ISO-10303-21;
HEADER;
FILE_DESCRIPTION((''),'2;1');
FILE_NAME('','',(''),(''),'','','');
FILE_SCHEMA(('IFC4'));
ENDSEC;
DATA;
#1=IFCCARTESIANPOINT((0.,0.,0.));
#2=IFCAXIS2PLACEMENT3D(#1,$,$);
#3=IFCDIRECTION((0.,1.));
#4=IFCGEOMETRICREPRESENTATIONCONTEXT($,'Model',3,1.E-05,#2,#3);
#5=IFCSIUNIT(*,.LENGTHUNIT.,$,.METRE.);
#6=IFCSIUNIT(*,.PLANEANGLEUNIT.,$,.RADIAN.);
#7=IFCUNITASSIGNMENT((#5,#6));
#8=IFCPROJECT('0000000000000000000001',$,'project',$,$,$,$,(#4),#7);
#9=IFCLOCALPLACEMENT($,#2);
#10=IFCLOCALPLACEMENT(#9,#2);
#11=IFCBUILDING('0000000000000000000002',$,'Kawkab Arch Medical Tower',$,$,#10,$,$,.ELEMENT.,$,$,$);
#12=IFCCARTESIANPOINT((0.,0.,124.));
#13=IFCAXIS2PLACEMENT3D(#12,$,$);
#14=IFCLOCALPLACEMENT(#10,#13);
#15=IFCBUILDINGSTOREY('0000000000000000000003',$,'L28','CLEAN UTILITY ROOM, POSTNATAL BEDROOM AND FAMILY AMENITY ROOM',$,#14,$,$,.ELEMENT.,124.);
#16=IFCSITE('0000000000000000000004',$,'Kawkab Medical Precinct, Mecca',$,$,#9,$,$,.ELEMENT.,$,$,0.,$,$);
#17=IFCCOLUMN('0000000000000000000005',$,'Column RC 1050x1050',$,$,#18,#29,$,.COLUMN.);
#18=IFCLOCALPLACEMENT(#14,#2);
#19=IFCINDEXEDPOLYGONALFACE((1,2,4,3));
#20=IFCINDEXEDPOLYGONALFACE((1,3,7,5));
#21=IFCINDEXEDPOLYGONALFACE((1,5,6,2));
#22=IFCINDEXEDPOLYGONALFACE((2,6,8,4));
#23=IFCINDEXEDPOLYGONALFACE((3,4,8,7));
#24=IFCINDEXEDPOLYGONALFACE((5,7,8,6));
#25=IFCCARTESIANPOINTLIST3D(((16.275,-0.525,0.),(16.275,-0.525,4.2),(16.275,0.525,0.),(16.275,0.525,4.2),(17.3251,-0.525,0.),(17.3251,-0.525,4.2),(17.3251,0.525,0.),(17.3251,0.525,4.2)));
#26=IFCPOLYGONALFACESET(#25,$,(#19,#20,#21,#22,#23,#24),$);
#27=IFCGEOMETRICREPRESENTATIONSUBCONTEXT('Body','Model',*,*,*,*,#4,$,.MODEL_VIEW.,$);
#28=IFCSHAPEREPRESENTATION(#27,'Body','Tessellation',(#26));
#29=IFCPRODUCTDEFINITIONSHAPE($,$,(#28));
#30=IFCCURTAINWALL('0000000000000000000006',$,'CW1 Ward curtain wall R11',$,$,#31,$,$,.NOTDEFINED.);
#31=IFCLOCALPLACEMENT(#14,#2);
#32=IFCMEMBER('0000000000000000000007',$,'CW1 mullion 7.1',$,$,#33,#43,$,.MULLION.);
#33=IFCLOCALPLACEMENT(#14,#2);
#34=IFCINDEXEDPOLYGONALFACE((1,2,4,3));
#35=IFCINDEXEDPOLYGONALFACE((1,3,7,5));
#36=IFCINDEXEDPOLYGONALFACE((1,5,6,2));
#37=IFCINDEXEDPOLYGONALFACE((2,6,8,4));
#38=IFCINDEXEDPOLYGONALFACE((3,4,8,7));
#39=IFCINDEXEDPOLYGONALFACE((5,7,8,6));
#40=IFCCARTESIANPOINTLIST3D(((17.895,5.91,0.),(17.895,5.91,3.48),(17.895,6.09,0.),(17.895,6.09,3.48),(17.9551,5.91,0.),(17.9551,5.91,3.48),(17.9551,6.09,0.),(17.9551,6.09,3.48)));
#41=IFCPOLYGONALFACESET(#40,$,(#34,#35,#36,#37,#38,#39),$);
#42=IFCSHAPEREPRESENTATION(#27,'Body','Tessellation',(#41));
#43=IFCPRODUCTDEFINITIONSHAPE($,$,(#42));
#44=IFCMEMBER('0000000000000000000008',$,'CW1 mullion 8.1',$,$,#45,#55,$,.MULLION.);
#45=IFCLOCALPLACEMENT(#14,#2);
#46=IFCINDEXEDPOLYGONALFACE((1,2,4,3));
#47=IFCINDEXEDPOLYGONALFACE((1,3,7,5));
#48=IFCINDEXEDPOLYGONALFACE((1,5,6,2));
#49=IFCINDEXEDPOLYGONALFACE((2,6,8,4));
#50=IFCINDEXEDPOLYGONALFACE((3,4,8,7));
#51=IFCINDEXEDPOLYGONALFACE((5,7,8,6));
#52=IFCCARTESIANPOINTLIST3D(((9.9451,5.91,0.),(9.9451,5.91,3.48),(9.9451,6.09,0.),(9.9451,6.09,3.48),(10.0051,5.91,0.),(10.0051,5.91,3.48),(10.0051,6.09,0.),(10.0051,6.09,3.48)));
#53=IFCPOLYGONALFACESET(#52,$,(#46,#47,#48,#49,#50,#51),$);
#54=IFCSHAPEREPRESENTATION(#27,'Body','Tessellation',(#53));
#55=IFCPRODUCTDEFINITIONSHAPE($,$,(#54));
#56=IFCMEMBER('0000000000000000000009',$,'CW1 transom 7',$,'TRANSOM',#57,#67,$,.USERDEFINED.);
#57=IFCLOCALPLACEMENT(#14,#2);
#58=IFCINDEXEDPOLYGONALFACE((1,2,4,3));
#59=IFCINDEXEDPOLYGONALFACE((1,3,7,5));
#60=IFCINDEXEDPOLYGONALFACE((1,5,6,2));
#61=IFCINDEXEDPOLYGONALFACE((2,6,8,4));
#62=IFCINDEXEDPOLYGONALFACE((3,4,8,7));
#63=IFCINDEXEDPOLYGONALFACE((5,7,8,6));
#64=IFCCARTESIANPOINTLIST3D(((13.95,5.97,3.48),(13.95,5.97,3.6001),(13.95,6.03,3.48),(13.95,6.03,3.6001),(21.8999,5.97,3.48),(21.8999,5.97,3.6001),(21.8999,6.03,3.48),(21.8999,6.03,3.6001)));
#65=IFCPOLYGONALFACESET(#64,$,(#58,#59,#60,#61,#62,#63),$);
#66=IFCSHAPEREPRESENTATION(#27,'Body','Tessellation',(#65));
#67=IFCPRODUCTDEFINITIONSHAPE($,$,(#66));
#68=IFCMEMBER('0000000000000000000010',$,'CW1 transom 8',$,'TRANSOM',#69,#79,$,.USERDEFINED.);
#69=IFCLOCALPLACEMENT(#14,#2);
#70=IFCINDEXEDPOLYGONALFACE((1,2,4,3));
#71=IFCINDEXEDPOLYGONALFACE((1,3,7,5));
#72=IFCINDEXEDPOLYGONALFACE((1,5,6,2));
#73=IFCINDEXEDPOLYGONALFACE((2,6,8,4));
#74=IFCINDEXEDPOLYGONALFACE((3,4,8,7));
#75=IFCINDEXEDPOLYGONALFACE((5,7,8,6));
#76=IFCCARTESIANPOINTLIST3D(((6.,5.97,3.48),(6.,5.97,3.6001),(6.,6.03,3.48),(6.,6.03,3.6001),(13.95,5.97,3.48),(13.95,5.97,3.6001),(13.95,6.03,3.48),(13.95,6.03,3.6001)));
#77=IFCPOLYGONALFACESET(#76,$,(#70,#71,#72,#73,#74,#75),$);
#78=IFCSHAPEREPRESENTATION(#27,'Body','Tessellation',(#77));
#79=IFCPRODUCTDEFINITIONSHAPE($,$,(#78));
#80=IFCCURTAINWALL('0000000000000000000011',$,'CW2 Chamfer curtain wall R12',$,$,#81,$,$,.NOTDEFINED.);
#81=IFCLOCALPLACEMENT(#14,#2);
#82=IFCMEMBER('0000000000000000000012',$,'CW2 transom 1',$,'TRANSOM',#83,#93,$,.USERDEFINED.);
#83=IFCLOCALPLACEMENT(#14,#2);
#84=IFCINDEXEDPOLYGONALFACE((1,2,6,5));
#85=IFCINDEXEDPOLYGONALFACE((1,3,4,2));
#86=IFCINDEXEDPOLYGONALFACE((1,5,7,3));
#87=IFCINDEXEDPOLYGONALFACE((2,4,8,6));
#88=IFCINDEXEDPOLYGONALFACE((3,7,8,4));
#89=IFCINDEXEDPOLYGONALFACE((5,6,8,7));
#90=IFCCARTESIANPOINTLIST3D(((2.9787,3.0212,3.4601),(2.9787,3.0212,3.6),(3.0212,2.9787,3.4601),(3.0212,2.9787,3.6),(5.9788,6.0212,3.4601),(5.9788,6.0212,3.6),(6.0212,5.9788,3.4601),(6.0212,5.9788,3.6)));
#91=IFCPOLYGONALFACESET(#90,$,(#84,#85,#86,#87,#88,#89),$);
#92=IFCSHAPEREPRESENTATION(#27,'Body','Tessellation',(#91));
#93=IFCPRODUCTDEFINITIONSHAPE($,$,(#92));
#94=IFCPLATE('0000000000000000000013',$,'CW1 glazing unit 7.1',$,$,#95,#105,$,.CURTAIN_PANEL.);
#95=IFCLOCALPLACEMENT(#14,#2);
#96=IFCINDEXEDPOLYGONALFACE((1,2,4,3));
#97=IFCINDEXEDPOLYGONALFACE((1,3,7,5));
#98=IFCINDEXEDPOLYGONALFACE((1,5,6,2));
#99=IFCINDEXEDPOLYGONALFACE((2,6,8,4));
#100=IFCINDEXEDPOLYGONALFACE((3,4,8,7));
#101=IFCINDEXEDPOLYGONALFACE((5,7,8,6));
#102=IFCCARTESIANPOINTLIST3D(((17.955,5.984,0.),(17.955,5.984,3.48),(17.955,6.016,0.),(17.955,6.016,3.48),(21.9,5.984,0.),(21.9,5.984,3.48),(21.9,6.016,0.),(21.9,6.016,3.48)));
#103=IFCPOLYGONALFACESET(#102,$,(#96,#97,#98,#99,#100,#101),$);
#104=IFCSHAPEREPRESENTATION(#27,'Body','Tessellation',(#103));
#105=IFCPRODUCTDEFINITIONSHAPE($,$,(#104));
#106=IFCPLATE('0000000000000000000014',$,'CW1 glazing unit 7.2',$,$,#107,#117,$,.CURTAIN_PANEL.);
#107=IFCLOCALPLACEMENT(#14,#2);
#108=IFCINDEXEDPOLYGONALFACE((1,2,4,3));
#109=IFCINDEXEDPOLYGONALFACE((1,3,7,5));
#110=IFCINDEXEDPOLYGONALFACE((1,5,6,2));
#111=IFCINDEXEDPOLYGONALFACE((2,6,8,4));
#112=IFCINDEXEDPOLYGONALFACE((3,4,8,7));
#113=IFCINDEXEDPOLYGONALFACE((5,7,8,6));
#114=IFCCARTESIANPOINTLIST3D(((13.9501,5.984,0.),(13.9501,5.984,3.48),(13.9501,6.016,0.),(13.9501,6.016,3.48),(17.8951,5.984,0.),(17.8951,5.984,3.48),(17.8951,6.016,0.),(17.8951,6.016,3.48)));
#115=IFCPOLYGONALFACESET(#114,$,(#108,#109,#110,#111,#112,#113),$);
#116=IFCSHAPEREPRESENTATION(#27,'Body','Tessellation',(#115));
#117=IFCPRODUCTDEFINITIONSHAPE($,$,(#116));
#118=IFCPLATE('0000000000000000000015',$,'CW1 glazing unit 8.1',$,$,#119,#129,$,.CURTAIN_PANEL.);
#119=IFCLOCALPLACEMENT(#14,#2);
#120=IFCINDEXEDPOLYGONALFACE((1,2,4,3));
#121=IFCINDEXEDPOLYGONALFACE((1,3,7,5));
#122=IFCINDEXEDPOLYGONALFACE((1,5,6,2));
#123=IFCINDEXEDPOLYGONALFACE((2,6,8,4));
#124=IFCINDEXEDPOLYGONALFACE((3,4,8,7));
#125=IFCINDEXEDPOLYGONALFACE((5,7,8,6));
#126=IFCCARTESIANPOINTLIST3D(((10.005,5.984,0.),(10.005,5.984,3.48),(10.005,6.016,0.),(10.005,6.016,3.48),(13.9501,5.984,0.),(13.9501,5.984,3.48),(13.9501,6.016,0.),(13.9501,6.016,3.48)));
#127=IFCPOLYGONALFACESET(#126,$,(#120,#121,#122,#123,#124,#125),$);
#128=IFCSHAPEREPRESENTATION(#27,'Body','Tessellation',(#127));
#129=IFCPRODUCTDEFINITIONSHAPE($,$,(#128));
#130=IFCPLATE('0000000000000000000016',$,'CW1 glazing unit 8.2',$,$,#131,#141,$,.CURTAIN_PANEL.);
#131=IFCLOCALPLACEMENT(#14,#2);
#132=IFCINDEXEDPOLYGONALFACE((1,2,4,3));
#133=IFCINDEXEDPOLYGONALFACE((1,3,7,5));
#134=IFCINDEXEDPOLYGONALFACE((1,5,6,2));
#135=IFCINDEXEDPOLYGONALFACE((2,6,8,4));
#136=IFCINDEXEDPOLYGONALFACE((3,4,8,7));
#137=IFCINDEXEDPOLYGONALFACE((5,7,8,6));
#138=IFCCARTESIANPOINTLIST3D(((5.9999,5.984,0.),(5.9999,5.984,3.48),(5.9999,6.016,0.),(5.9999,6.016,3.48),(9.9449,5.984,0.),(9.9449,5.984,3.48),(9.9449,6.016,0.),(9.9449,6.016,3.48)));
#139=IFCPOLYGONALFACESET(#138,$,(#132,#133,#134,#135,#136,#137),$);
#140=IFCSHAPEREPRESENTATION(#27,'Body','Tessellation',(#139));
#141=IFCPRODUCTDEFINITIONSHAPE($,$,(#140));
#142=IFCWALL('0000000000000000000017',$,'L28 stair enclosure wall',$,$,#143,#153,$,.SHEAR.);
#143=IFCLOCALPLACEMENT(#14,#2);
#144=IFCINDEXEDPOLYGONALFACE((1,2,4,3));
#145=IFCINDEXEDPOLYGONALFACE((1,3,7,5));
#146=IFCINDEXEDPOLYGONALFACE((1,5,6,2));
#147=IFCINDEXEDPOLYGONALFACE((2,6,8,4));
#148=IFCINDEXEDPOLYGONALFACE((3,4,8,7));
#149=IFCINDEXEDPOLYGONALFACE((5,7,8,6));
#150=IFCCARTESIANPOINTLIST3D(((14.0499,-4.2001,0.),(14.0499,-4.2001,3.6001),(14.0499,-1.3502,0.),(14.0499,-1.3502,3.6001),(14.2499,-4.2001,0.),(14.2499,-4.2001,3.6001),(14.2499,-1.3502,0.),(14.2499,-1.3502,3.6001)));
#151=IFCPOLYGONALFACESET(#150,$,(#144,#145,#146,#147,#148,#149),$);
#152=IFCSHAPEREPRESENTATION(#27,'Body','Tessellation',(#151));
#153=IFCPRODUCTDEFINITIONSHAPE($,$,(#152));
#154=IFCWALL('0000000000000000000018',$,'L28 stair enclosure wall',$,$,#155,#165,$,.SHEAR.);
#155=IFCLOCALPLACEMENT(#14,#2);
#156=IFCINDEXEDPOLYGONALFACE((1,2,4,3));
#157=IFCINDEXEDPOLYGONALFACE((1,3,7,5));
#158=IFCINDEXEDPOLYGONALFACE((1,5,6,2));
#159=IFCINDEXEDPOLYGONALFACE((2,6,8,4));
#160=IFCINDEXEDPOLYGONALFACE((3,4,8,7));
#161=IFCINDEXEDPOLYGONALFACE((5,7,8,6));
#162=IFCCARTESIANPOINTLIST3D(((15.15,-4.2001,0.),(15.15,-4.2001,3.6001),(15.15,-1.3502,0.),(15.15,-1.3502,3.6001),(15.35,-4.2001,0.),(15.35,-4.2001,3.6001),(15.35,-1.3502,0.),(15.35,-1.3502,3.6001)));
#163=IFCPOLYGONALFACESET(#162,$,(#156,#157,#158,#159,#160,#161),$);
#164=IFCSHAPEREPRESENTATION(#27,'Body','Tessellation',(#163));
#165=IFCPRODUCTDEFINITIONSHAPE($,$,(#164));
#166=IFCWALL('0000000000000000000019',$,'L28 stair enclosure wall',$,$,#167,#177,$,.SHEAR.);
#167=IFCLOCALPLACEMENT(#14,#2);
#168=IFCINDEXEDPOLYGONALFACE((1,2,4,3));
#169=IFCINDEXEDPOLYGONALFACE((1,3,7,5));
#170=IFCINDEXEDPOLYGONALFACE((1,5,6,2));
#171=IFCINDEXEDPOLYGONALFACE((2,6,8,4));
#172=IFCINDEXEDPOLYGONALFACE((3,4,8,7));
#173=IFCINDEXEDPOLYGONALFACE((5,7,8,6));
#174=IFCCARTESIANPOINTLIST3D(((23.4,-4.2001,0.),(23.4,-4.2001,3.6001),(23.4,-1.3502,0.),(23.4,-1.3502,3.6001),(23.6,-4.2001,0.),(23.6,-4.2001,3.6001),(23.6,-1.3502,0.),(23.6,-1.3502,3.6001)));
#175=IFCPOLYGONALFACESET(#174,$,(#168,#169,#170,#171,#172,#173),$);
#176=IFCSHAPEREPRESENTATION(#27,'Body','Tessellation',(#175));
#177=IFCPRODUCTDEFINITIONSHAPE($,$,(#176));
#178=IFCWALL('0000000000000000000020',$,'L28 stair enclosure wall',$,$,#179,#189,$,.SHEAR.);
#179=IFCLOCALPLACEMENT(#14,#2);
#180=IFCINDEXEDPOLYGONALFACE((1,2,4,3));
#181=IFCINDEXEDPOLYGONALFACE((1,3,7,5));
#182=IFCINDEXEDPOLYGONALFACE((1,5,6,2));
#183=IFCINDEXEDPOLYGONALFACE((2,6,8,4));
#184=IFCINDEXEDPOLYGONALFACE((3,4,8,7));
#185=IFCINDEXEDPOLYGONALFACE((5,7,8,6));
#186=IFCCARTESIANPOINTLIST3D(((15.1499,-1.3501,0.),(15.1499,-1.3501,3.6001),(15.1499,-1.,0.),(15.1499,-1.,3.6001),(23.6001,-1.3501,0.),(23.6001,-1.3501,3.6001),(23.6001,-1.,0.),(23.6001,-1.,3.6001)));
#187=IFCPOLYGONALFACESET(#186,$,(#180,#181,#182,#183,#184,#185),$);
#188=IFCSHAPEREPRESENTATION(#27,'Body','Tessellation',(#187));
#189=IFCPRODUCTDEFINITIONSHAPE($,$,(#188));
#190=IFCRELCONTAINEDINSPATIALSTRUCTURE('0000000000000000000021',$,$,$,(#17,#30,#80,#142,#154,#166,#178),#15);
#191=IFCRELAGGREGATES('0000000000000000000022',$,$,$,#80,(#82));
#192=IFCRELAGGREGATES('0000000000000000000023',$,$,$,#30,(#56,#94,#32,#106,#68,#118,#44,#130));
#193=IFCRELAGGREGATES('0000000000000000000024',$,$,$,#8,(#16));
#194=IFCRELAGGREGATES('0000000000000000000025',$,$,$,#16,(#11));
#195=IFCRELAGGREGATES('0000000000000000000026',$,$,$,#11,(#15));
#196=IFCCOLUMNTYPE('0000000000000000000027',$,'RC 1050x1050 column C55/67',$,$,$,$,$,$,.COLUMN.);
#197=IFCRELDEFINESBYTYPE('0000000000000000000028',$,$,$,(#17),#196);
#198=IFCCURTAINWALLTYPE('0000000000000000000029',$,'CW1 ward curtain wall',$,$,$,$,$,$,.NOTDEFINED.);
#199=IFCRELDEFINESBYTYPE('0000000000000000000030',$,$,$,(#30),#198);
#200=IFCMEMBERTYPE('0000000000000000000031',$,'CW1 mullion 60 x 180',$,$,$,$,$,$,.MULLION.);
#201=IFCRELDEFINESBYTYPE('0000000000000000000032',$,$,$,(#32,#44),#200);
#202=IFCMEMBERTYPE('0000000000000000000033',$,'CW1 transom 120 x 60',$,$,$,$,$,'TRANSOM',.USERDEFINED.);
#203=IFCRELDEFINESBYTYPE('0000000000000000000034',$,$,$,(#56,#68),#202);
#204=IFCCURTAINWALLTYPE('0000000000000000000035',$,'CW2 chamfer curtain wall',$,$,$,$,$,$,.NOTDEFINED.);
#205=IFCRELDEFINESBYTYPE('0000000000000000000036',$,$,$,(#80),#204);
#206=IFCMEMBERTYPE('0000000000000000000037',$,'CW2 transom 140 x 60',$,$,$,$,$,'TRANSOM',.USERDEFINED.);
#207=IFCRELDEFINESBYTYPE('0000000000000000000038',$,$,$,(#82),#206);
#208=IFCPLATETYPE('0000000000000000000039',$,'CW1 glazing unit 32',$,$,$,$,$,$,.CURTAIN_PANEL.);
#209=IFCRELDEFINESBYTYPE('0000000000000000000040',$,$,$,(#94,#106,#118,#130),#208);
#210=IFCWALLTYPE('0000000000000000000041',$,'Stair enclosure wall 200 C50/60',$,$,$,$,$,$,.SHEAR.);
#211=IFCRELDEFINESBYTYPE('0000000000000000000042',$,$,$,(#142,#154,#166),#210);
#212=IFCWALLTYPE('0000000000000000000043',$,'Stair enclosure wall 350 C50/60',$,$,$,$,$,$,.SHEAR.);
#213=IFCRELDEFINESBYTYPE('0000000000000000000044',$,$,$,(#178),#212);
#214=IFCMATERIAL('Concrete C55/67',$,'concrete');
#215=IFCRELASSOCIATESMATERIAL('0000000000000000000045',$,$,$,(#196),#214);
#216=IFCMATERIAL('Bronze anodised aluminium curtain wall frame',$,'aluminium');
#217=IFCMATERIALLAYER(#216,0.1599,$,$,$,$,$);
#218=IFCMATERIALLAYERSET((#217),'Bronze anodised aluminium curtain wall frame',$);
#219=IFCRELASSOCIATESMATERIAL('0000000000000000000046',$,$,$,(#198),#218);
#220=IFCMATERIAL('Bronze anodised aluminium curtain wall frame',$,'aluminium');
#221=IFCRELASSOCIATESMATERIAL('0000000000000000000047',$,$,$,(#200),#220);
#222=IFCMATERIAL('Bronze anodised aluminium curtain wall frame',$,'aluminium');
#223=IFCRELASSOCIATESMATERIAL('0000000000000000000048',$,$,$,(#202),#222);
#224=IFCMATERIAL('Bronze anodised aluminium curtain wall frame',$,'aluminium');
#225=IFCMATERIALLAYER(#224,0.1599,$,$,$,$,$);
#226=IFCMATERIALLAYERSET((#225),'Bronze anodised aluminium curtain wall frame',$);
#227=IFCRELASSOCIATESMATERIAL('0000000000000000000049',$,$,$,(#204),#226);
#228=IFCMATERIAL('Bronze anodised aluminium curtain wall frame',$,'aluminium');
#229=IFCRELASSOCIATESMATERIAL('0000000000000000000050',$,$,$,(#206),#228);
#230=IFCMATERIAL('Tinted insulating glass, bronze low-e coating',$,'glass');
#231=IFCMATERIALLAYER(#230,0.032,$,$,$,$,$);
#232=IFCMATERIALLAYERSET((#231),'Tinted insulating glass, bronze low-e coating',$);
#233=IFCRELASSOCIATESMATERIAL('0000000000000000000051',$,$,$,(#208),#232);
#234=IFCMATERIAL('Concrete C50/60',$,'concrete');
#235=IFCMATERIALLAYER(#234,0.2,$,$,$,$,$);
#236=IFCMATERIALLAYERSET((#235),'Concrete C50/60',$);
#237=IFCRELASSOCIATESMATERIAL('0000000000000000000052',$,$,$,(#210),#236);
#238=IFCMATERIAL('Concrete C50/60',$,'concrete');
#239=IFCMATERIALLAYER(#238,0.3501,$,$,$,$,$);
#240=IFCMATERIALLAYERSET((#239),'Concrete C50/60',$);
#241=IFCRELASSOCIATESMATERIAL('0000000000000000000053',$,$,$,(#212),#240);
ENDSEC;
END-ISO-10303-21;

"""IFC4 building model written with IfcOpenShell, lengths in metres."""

from ifc_helpers import new_model, si_unit, direction, frame, frame_2d, origin, origin_2d, place, context, subcontext, project, spatial, rectangle, extrude, material, layer, layer_set, material_profile, profile_set, type_object, element, aggregate, save


model = new_model("IFC4")

# Units and contexts
model_context = context("Model", 3, precision=1e-05, world=origin(), true_north=direction((0.0, 1.0)))
body_context = subcontext(model_context, "Body", "Model", "MODEL_VIEW")
ifc_project = project(units=[si_unit("LENGTHUNIT", "METRE"), si_unit("PLANEANGLEUNIT", "RADIAN")], contexts=[model_context])

# Site, building, storey
site_placement = place(None, origin())
site = spatial("IfcSite", under=ifc_project, at=site_placement, Name="Kawkab Medical Precinct, Mecca", CompositionType="ELEMENT", RefElevation=0.0)
building_placement = place(site_placement, origin())
building = spatial("IfcBuilding", under=site, at=building_placement, Name="Kawkab Arch Medical Tower", CompositionType="ELEMENT")
storey_placement = place(building_placement, frame((0.0, 0.0, 124.0)))
storey = spatial("IfcBuildingStorey", under=building, at=storey_placement, Name="L28", Description="CLEAN UTILITY ROOM, POSTNATAL BEDROOM AND FAMILY AMENITY ROOM", CompositionType="ELEMENT", Elevation=124.0)

# Column
ifc_material_1 = material(Name="Concrete C55/67", Category="concrete")
ifc_material_profile_1 = material_profile(ifc_material_1, rectangle(XDim=1.05, YDim=1.05, at=origin_2d()), Name="RC 1050x1050")
ifc_profile_set_1 = profile_set([ifc_material_profile_1], Name="Concrete C55/67")
column_type = type_object("IfcColumnType", Name="RC 1050x1050 column C55/67", PredefinedType="COLUMN", material=ifc_profile_set_1)
column_placement = place(storey_placement, frame((16.8, 0.0, 0.0), z_axis=(0.0, 0.0, 1.0), x_axis=(1.0, 0.0, 0.0)))
element("IfcColumn", 1, at=column_placement, inside=storey, type_object=column_type, Name="Column RC 1050x1050", PredefinedType="COLUMN", context=body_context, shape_type="SweptSolid", body=[
    extrude(rectangle(XDim=1.05, YDim=1.05, at=origin_2d()), origin(), (0.0, 0.0, 1.0), 4.2),
])

# Curtain wall, members
ifc_material_2 = material(Name="Bronze anodised aluminium curtain wall frame", Category="aluminium")
ifc_layer_1 = layer(ifc_material_2, 0.1599)
ifc_layer_set_1 = layer_set([ifc_layer_1], Name="Bronze anodised aluminium curtain wall frame")
curtain_wall_type_1 = type_object("IfcCurtainWallType", Name="CW1 ward curtain wall", PredefinedType="NOTDEFINED", material=ifc_layer_set_1)
placement = place(storey_placement, origin())
curtain_wall_1 = element("IfcCurtainWall", 2, at=placement, inside=storey, type_object=curtain_wall_type_1, Name="CW1 Ward curtain wall R11", PredefinedType="NOTDEFINED")
ifc_material_3 = material(Name="Bronze anodised aluminium curtain wall frame", Category="aluminium")
ifc_material_profile_2 = material_profile(ifc_material_3, rectangle(XDim=0.1799, YDim=0.0601, at=origin_2d()), Name="AL 60x180")
ifc_profile_set_2 = profile_set([ifc_material_profile_2], Name="Bronze anodised aluminium curtain wall frame")
member_type_1 = type_object("IfcMemberType", Name="CW1 mullion 60 x 180", PredefinedType="MULLION", material=ifc_profile_set_2)
member_1_placement = place(storey_placement, frame((17.925, 6.0, 0.0), z_axis=(0.0, 0.0, 1.0), x_axis=(0.0, -1.0, 0.0)))
member_1 = element("IfcMember", 3, at=member_1_placement, type_object=member_type_1, Name="CW1 mullion 7.1", PredefinedType="MULLION", context=body_context, shape_type="SweptSolid", body=[
    extrude(rectangle(XDim=0.1799, YDim=0.0601, at=origin_2d()), origin(), (0.0, 0.0, 1.0), 3.48),
])
member_2_placement = place(storey_placement, frame((9.9751, 6.0, 0.0), z_axis=(0.0, 0.0, 1.0), x_axis=(0.0, -1.0, 0.0)))
member_2 = element("IfcMember", 4, at=member_2_placement, type_object=member_type_1, Name="CW1 mullion 8.1", PredefinedType="MULLION", context=body_context, shape_type="SweptSolid", body=[
    extrude(rectangle(XDim=0.1799, YDim=0.0601, at=origin_2d()), origin(), (0.0, 0.0, 1.0), 3.48),
])
ifc_material_4 = material(Name="Bronze anodised aluminium curtain wall frame", Category="aluminium")
ifc_material_profile_3 = material_profile(ifc_material_4, rectangle(XDim=0.0601, YDim=0.1201, at=origin_2d()), Name="AL 60x120")
ifc_profile_set_3 = profile_set([ifc_material_profile_3], Name="Bronze anodised aluminium curtain wall frame")
member_type_2 = type_object("IfcMemberType", Name="CW1 transom 120 x 60", ElementType="TRANSOM", PredefinedType="USERDEFINED", material=ifc_profile_set_3)
member_3_placement = place(storey_placement, frame((21.8999, 6.0, 3.54), z_axis=(-1.0, 0.0, 0.0), x_axis=(0.0, -1.0, 0.0)))
member_3 = element("IfcMember", 5, at=member_3_placement, type_object=member_type_2, Name="CW1 transom 7", ObjectType="TRANSOM", PredefinedType="USERDEFINED", context=body_context, shape_type="SweptSolid", body=[
    extrude(rectangle(XDim=0.0601, YDim=0.1201, at=origin_2d()), origin(), (0.0, 0.0, 1.0), 7.95),
])
member_4_placement = place(storey_placement, frame((13.95, 6.0, 3.54), z_axis=(-1.0, 0.0, 0.0), x_axis=(0.0, -1.0, 0.0)))
member_4 = element("IfcMember", 6, at=member_4_placement, type_object=member_type_2, Name="CW1 transom 8", ObjectType="TRANSOM", PredefinedType="USERDEFINED", context=body_context, shape_type="SweptSolid", body=[
    extrude(rectangle(XDim=0.0601, YDim=0.1201, at=origin_2d()), origin(), (0.0, 0.0, 1.0), 7.95),
])

# Curtain wall, member
ifc_material_5 = material(Name="Bronze anodised aluminium curtain wall frame", Category="aluminium")
ifc_layer_2 = layer(ifc_material_5, 0.1599)
ifc_layer_set_2 = layer_set([ifc_layer_2], Name="Bronze anodised aluminium curtain wall frame")
curtain_wall_type_2 = type_object("IfcCurtainWallType", Name="CW2 chamfer curtain wall", PredefinedType="NOTDEFINED", material=ifc_layer_set_2)
curtain_wall_2 = element("IfcCurtainWall", 7, at=placement, inside=storey, type_object=curtain_wall_type_2, Name="CW2 Chamfer curtain wall R12", PredefinedType="NOTDEFINED")
ifc_material_6 = material(Name="Bronze anodised aluminium curtain wall frame", Category="aluminium")
ifc_material_profile_4 = material_profile(ifc_material_6, rectangle(XDim=0.0601, YDim=0.1399, at=origin_2d()), Name="AL 60x140")
ifc_profile_set_4 = profile_set([ifc_material_profile_4], Name="Bronze anodised aluminium curtain wall frame")
member_type_3 = type_object("IfcMemberType", Name="CW2 transom 140 x 60", ElementType="TRANSOM", PredefinedType="USERDEFINED", material=ifc_profile_set_4)
member_5_placement = place(storey_placement, frame((6.0, 6.0, 3.53), z_axis=(-0.707107, -0.707107, 0.0), x_axis=(0.707107, -0.707107, 0.0)))
member_5 = element("IfcMember", 8, at=member_5_placement, type_object=member_type_3, Name="CW2 transom 1", ObjectType="TRANSOM", PredefinedType="USERDEFINED", context=body_context, shape_type="SweptSolid", body=[
    extrude(rectangle(XDim=0.0601, YDim=0.1399, at=origin_2d()), origin(), (0.0, 0.0, 1.0), 4.2427),
])
aggregate(curtain_wall_2, [member_5])

# Plates
ifc_material_7 = material(Name="Tinted insulating glass, bronze low-e coating", Category="glass")
ifc_layer_3 = layer(ifc_material_7, 0.032)
ifc_layer_set_3 = layer_set([ifc_layer_3], Name="Tinted insulating glass, bronze low-e coating")
plate_type = type_object("IfcPlateType", Name="CW1 glazing unit 32", PredefinedType="CURTAIN_PANEL", material=ifc_layer_set_3)
plate_1_placement = place(storey_placement, frame((19.9275, 6.0, 0.0), z_axis=(0.0, 0.0, 1.0), x_axis=(-1.0, 0.0, 0.0)))
plate_1 = element("IfcPlate", 9, at=plate_1_placement, type_object=plate_type, Name="CW1 glazing unit 7.1", PredefinedType="CURTAIN_PANEL", context=body_context, shape_type="SweptSolid", body=[
    extrude(rectangle(XDim=3.9451, YDim=0.032, at=origin_2d()), origin(), (0.0, 0.0, 1.0), 3.48),
])
plate_2_placement = place(storey_placement, frame((15.9226, 6.0, 0.0), z_axis=(0.0, 0.0, 1.0), x_axis=(-1.0, 0.0, 0.0)))
plate_2 = element("IfcPlate", 10, at=plate_2_placement, type_object=plate_type, Name="CW1 glazing unit 7.2", PredefinedType="CURTAIN_PANEL", context=body_context, shape_type="SweptSolid", body=[
    extrude(rectangle(XDim=3.9451, YDim=0.032, at=origin_2d()), origin(), (0.0, 0.0, 1.0), 3.48),
])
plate_3_placement = place(storey_placement, frame((11.9775, 6.0, 0.0), z_axis=(0.0, 0.0, 1.0), x_axis=(-1.0, 0.0, 0.0)))
plate_3 = element("IfcPlate", 11, at=plate_3_placement, type_object=plate_type, Name="CW1 glazing unit 8.1", PredefinedType="CURTAIN_PANEL", context=body_context, shape_type="SweptSolid", body=[
    extrude(rectangle(XDim=3.9451, YDim=0.032, at=origin_2d()), origin(), (0.0, 0.0, 1.0), 3.48),
])
plate_4_placement = place(storey_placement, frame((7.9724, 6.0, 0.0), z_axis=(0.0, 0.0, 1.0), x_axis=(-1.0, 0.0, 0.0)))
plate_4 = element("IfcPlate", 12, at=plate_4_placement, type_object=plate_type, Name="CW1 glazing unit 8.2", PredefinedType="CURTAIN_PANEL", context=body_context, shape_type="SweptSolid", body=[
    extrude(rectangle(XDim=3.9451, YDim=0.032, at=origin_2d()), origin(), (0.0, 0.0, 1.0), 3.48),
])
aggregate(curtain_wall_1, [member_3, plate_1, member_1, plate_2, member_4, plate_3, member_2, plate_4])

# Walls
ifc_material_8 = material(Name="Concrete C50/60", Category="concrete")
ifc_layer_4 = layer(ifc_material_8, 0.2)
ifc_layer_set_4 = layer_set([ifc_layer_4], Name="Concrete C50/60")
wall_type_1 = type_object("IfcWallType", Name="Stair enclosure wall 200 C50/60", PredefinedType="SHEAR", material=ifc_layer_set_4)
for number, where, z_axis, x_axis, name in (
    (13, (14.1499, -4.2, 0.0), (0.0, 0.0, 1.0), (0.0, 1.0, 0.0), "L28 stair enclosure wall"),
    (14, (15.25, -4.2, 0.0), (0.0, 0.0, 1.0), (0.0, 1.0, 0.0), "L28 stair enclosure wall"),
    (15, (23.5, -4.2, 0.0), (0.0, 0.0, 1.0), (0.0, 1.0, 0.0), "L28 stair enclosure wall"),
):
    element("IfcWall", number, at=place(storey_placement, frame(where, z_axis=z_axis, x_axis=x_axis)), inside=storey, type_object=wall_type_1, Name=name, PredefinedType="SHEAR", context=body_context, shape_type="SweptSolid", body=[
        extrude(rectangle(XDim=2.8499, YDim=0.2, at=frame_2d((1.4248, 0.0))), origin(), (0.0, 0.0, 1.0), 3.6001),
    ])
ifc_material_9 = material(Name="Concrete C50/60", Category="concrete")
ifc_layer_5 = layer(ifc_material_9, 0.3501)
ifc_layer_set_5 = layer_set([ifc_layer_5], Name="Concrete C50/60")
wall_type_2 = type_object("IfcWallType", Name="Stair enclosure wall 350 C50/60", PredefinedType="SHEAR", material=ifc_layer_set_5)
wall_placement = place(storey_placement, frame((15.1499, -1.175, 0.0), z_axis=(0.0, 0.0, 1.0), x_axis=(1.0, 0.0, 0.0)))
element("IfcWall", 16, at=wall_placement, inside=storey, type_object=wall_type_2, Name="L28 stair enclosure wall", PredefinedType="SHEAR", context=body_context, shape_type="SweptSolid", body=[
    extrude(rectangle(XDim=8.4502, YDim=0.3501, at=frame_2d((4.2251, 0.0))), origin(), (0.0, 0.0, 1.0), 3.6001),
])

save(model, "model.ifc")
